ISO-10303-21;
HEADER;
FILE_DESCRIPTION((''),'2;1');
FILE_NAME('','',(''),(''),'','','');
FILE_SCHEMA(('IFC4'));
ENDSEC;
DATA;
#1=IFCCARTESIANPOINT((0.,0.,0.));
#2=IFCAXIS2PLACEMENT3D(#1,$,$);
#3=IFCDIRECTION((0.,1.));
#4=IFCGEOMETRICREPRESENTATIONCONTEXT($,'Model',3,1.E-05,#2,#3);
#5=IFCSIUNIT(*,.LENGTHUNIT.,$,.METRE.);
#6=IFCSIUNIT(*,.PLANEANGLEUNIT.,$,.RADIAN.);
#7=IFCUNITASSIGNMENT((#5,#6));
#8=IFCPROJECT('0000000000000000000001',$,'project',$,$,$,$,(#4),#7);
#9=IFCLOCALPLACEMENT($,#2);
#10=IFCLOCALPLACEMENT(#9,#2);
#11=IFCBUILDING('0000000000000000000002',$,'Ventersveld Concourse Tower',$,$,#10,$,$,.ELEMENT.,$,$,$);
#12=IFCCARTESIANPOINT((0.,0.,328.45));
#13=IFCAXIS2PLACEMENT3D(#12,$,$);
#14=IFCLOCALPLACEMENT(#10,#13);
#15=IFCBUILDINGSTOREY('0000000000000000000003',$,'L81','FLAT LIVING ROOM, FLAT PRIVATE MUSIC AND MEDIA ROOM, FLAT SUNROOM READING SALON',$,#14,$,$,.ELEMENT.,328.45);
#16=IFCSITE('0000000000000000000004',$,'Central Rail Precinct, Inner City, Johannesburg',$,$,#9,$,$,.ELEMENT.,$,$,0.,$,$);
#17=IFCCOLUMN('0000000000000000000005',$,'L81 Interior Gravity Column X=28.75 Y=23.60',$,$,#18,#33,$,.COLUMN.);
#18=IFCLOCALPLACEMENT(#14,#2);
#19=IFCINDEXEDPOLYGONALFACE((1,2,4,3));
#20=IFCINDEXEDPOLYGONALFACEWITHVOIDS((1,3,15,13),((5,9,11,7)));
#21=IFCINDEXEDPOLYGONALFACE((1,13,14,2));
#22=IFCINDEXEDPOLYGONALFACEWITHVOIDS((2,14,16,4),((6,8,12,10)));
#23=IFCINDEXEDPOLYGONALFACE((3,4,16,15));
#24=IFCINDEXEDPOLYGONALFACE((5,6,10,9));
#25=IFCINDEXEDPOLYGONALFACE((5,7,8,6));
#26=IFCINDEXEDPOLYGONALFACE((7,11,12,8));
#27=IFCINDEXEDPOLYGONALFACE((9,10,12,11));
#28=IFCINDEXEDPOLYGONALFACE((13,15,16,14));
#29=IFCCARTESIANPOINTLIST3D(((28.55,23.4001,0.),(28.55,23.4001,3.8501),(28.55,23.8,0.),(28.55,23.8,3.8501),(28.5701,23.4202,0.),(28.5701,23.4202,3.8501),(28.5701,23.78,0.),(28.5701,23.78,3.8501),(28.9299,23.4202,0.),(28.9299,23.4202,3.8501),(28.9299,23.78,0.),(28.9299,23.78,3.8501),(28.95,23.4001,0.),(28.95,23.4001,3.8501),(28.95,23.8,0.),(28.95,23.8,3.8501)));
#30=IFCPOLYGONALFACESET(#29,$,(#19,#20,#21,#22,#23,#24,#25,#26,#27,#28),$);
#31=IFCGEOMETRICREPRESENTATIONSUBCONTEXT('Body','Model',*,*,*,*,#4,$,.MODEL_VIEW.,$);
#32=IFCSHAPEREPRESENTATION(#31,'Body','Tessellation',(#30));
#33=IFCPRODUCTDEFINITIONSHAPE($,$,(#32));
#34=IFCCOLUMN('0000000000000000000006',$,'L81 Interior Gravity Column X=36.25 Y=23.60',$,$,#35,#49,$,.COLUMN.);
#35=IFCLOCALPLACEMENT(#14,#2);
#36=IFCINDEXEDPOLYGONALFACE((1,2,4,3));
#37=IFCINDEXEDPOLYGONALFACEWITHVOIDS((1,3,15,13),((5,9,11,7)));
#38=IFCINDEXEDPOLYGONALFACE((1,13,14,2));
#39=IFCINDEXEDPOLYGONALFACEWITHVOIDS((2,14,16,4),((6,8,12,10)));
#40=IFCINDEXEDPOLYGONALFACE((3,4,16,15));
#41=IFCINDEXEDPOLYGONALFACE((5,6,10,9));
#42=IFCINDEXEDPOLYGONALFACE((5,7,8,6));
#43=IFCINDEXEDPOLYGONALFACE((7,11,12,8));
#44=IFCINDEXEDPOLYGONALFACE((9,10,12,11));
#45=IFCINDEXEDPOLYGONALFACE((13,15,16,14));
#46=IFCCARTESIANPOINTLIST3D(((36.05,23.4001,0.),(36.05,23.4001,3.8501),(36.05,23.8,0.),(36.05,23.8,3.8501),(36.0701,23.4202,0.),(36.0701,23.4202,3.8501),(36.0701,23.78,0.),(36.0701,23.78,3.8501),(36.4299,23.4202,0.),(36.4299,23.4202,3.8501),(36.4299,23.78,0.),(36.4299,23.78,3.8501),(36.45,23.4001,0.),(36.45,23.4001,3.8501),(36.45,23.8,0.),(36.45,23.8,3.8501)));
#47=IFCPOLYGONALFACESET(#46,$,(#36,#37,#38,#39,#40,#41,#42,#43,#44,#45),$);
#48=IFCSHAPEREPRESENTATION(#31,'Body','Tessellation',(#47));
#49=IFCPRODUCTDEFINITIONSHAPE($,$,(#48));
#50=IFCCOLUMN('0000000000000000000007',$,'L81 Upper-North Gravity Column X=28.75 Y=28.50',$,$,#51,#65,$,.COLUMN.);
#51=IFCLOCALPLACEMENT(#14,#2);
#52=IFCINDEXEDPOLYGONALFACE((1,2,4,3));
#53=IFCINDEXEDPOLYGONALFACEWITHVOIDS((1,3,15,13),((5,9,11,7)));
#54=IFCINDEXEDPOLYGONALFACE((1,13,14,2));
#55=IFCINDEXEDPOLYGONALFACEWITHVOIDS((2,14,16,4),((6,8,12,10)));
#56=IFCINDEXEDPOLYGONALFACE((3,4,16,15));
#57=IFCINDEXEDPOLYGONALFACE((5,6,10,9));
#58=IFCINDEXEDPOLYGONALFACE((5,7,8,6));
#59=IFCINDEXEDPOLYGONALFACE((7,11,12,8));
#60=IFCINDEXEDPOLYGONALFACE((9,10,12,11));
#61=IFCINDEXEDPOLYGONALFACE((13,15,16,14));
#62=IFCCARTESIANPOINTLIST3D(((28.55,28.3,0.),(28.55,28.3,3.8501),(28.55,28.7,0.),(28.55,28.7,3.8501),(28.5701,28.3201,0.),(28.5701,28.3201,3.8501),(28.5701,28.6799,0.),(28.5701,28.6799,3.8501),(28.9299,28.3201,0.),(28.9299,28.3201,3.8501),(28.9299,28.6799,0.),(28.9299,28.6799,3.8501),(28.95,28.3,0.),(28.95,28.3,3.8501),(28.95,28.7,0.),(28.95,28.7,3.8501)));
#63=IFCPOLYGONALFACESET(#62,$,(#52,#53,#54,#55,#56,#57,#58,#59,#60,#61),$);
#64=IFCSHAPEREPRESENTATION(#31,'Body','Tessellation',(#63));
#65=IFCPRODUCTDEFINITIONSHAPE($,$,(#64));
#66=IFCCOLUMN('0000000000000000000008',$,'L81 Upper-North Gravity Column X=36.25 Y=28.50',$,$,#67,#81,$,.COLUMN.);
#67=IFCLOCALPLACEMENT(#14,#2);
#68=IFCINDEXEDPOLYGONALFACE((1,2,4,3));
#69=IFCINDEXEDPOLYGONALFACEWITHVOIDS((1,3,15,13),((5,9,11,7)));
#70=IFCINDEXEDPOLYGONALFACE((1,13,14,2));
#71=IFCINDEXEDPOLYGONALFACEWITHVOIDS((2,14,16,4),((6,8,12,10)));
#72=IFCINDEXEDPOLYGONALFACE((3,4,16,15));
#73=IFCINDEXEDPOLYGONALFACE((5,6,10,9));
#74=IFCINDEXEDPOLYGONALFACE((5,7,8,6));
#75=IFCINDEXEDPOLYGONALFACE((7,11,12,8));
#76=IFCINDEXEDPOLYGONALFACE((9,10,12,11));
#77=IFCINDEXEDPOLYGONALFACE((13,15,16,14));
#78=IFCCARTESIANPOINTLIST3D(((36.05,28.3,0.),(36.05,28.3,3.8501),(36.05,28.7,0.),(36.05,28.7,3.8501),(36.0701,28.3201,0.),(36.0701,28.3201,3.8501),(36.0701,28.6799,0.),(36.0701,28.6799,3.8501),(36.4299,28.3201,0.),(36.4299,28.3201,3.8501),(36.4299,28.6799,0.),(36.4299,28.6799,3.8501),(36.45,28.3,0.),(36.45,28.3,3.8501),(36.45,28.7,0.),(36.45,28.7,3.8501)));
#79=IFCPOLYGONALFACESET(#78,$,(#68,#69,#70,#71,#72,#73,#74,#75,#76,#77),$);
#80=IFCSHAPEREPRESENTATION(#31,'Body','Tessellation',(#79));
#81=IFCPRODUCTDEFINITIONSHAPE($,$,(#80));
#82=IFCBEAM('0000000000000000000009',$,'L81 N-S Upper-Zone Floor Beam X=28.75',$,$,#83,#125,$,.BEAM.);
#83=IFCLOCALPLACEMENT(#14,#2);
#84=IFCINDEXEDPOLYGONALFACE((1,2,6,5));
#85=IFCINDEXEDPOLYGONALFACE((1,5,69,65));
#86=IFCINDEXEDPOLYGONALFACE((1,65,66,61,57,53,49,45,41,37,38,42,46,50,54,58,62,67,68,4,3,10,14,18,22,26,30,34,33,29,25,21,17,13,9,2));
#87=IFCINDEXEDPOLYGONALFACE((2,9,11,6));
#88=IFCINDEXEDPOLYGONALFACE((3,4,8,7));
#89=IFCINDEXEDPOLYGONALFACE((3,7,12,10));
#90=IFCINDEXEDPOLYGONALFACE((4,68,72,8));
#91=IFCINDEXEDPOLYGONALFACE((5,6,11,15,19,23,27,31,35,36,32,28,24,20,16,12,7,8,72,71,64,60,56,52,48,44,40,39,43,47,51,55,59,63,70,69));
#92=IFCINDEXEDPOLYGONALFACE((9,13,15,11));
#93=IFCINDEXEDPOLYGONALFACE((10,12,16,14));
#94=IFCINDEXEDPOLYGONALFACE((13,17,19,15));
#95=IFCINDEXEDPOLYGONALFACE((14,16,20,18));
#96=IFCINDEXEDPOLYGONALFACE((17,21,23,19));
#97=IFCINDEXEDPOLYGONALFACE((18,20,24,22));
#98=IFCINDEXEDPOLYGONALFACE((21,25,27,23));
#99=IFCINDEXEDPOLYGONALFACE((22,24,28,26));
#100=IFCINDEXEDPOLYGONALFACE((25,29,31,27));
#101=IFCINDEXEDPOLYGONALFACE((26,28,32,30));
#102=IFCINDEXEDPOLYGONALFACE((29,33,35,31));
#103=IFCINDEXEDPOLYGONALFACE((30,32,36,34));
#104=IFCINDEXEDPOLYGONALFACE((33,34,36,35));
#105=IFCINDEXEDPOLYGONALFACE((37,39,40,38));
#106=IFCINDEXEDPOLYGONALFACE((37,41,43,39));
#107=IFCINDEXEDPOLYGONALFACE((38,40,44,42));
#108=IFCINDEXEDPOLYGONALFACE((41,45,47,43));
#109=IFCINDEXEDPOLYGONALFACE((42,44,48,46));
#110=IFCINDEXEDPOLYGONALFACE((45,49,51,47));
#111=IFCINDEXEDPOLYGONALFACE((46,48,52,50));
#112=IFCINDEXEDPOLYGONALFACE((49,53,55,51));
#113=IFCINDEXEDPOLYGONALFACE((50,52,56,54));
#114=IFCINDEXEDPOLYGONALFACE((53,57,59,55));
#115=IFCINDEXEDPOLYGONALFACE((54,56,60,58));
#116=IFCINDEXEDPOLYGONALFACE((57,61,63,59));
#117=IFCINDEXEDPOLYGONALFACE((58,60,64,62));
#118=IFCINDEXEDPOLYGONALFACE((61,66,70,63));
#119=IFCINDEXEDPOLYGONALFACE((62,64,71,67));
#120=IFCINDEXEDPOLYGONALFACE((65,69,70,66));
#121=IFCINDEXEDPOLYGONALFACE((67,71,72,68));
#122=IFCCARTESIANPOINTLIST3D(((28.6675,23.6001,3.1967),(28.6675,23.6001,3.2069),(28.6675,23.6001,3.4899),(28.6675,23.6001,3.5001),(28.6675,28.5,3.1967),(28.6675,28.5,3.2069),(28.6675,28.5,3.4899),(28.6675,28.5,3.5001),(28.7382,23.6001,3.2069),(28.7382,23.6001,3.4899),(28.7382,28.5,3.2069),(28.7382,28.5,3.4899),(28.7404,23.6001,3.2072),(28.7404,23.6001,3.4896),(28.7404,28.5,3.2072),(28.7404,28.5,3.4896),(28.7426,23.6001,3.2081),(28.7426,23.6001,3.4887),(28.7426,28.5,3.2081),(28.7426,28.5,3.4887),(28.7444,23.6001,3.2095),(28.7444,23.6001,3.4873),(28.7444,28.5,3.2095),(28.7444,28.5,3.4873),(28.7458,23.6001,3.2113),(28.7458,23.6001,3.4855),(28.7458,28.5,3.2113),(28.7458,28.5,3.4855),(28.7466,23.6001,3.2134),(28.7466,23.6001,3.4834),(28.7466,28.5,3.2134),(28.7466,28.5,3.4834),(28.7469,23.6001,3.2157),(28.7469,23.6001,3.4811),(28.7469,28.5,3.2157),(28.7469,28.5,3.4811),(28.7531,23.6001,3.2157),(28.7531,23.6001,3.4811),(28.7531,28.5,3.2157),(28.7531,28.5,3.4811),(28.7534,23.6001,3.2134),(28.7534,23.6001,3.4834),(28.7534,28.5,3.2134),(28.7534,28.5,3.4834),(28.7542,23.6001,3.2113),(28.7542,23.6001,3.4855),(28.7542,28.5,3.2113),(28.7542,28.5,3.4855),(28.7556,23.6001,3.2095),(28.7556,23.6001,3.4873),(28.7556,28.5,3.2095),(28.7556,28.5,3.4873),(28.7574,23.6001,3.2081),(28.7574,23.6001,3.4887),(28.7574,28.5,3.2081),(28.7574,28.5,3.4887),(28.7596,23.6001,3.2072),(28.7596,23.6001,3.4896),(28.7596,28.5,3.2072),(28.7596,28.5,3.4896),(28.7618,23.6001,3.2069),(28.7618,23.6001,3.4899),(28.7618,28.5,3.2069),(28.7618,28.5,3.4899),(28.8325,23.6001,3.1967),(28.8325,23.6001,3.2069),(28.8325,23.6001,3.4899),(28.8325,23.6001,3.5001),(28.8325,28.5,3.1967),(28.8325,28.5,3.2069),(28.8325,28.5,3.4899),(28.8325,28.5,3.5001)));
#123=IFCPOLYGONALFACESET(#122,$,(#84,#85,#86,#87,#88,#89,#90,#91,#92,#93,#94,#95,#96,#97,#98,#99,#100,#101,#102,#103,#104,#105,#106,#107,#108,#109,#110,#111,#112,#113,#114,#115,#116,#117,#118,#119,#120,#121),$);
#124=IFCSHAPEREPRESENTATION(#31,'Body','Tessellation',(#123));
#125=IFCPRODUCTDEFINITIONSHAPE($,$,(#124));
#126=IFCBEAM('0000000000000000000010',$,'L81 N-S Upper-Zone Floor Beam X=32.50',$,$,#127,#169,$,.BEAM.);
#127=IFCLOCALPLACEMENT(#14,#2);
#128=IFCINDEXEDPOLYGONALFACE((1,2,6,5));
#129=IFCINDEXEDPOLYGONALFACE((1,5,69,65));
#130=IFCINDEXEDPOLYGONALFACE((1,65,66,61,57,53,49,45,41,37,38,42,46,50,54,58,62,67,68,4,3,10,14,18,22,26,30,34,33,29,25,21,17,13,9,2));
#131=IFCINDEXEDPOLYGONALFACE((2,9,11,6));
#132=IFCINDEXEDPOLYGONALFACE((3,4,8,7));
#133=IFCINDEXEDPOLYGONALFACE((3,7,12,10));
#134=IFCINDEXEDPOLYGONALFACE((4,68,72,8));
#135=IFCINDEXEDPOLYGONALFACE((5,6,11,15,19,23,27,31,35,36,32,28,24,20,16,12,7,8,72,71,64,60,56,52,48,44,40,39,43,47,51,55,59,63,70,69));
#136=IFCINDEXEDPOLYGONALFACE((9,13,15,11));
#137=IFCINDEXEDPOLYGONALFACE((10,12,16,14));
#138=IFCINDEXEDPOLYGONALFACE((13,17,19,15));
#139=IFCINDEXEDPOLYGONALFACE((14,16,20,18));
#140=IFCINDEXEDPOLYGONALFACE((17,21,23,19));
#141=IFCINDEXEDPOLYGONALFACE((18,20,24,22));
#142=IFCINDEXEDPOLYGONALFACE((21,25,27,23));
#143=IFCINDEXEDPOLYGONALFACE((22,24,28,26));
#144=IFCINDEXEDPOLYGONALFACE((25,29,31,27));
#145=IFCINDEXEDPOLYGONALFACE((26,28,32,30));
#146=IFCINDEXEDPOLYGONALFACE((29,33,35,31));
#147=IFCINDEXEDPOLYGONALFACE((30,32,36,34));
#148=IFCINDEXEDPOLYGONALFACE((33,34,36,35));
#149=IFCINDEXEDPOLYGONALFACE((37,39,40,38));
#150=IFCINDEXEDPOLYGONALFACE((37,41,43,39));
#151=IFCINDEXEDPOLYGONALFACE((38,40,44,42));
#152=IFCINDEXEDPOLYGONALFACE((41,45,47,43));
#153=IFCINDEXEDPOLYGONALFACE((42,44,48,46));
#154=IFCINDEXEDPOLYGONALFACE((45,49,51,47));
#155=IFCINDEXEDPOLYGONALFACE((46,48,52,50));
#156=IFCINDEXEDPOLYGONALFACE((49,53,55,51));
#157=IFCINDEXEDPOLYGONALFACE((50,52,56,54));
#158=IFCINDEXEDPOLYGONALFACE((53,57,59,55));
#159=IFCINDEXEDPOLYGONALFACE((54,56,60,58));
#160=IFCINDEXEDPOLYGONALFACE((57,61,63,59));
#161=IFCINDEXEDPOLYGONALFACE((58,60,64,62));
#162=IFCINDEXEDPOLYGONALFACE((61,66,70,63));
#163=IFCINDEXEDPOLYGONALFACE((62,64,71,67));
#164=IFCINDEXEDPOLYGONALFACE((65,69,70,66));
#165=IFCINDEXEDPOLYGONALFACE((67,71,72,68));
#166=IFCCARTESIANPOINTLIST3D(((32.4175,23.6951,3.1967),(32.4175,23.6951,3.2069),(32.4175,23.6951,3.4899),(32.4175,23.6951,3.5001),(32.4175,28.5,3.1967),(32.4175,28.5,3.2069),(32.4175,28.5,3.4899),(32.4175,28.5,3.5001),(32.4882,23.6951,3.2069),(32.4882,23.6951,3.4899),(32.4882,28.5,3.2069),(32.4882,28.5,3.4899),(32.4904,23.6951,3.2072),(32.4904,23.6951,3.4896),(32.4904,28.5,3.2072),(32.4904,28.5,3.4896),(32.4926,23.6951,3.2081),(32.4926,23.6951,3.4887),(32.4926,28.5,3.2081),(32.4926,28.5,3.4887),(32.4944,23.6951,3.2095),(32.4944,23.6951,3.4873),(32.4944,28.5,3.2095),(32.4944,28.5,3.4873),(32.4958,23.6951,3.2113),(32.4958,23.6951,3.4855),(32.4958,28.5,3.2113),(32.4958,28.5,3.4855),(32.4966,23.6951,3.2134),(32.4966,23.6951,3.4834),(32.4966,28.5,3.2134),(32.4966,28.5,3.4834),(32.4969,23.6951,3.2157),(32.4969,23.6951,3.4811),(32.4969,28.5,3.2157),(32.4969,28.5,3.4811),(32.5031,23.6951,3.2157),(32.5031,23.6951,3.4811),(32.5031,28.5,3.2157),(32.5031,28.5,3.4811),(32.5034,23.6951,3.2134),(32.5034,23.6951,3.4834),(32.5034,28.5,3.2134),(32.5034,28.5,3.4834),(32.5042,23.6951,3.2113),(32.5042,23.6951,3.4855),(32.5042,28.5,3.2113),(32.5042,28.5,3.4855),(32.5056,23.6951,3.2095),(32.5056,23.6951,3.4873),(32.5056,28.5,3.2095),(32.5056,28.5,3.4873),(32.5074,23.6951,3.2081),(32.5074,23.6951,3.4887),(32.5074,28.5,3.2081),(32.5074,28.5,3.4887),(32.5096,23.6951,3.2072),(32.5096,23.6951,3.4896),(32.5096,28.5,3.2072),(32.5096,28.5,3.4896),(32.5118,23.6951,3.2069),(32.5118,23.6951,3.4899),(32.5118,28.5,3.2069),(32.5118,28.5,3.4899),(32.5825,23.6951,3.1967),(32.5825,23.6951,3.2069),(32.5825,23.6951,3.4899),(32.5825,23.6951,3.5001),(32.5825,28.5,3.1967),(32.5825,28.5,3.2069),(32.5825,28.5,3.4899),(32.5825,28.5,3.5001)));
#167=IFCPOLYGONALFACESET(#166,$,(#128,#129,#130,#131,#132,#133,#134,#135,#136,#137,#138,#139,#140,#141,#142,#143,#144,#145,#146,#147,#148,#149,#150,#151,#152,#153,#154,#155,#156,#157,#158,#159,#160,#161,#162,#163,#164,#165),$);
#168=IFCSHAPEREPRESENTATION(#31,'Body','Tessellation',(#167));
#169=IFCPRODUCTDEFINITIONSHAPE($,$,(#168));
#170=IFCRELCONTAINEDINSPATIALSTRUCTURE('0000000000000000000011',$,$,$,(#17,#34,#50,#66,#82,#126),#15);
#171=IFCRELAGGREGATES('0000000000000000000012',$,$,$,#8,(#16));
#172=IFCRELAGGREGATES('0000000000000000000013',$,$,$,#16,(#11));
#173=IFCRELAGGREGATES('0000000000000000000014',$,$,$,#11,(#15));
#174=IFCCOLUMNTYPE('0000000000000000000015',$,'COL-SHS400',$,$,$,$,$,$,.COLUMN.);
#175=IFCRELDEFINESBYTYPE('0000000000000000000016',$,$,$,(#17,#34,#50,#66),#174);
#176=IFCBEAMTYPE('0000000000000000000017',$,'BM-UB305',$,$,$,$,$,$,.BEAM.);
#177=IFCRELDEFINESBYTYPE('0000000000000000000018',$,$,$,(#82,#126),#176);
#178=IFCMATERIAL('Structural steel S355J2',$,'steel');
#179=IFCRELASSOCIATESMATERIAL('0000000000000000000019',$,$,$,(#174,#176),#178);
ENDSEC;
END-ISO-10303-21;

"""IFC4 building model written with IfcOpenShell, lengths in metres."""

from ifc_helpers import new_model, si_unit, direction, frame, origin, origin_2d, place, context, subcontext, project, spatial, hollow_rectangle, i_section, extrude, material, material_profile, profile_set, type_object, element, save


model = new_model("IFC4")

# Units and contexts
model_context = context("Model", 3, precision=1e-05, world=origin(), true_north=direction((0.0, 1.0)))
body_context = subcontext(model_context, "Body", "Model", "MODEL_VIEW")
ifc_project = project(units=[si_unit("LENGTHUNIT", "METRE"), si_unit("PLANEANGLEUNIT", "RADIAN")], contexts=[model_context])

# Site, building, storey
site_placement = place(None, origin())
site = spatial("IfcSite", under=ifc_project, at=site_placement, Name="Central Rail Precinct, Inner City, Johannesburg", CompositionType="ELEMENT", RefElevation=0.0)
building_placement = place(site_placement, origin())
building = spatial("IfcBuilding", under=site, at=building_placement, Name="Ventersveld Concourse Tower", CompositionType="ELEMENT")
storey_placement = place(building_placement, frame((0.0, 0.0, 328.45)))
storey = spatial("IfcBuildingStorey", under=building, at=storey_placement, Name="L81", Description="FLAT LIVING ROOM, FLAT PRIVATE MUSIC AND MEDIA ROOM, FLAT SUNROOM READING SALON", CompositionType="ELEMENT", Elevation=328.45)

# Columns
ifc_material_1 = material(Name="Structural steel S355J2", Category="steel")
ifc_material_profile_1 = material_profile(ifc_material_1, hollow_rectangle(XDim=0.3999, YDim=0.3999, WallThickness=0.02, at=origin_2d()), Name="SHS 400x400x20")
ifc_profile_set_1 = profile_set([ifc_material_profile_1], Name="Structural steel S355J2")
column_type = type_object("IfcColumnType", Name="COL-SHS400", PredefinedType="COLUMN", material=ifc_profile_set_1)
for number, where, z_axis, x_axis, name in (
    (1, (28.75, 23.6001, 0.0), (0.0, 0.0, 1.0), (1.0, 0.0, 0.0), "L81 Interior Gravity Column X=28.75 Y=23.60"),
    (2, (36.25, 23.6001, 0.0), (0.0, 0.0, 1.0), (1.0, 0.0, 0.0), "L81 Interior Gravity Column X=36.25 Y=23.60"),
    (3, (28.75, 28.5, 0.0), (0.0, 0.0, 1.0), (1.0, 0.0, 0.0), "L81 Upper-North Gravity Column X=28.75 Y=28.50"),
    (4, (36.25, 28.5, 0.0), (0.0, 0.0, 1.0), (1.0, 0.0, 0.0), "L81 Upper-North Gravity Column X=36.25 Y=28.50"),
):
    element("IfcColumn", number, at=place(storey_placement, frame(where, z_axis=z_axis, x_axis=x_axis)), inside=storey, type_object=column_type, Name=name, PredefinedType="COLUMN", context=body_context, shape_type="SweptSolid", body=[
        extrude(hollow_rectangle(XDim=0.3999, YDim=0.3999, WallThickness=0.02, at=origin_2d()), origin(), (0.0, 0.0, 1.0), 3.8501),
    ])

# Beams
ifc_material_profile_2 = material_profile(ifc_material_1, i_section(OverallWidth=0.165, OverallDepth=0.3035, WebThickness=0.0061, FlangeThickness=0.0103, FilletRadius=0.0088, at=origin_2d()), Name="UB 305x165x40")
ifc_profile_set_2 = profile_set([ifc_material_profile_2], Name="Structural steel S355J2")
beam_type_1 = type_object("IfcBeamType", Name="BM-UB305", PredefinedType="BEAM", material=ifc_profile_set_2)
beam_1_placement = place(storey_placement, frame((28.75, 23.6001, 3.3484), z_axis=(0.0, 1.0, 0.0), x_axis=(-1.0, 0.0, 0.0)))
element("IfcBeam", 5, at=beam_1_placement, inside=storey, type_object=beam_type_1, Name="L81 N-S Upper-Zone Floor Beam X=28.75", PredefinedType="BEAM", context=body_context, shape_type="SweptSolid", body=[
    extrude(i_section(OverallWidth=0.165, OverallDepth=0.3035, WebThickness=0.0061, FlangeThickness=0.0103, FilletRadius=0.0088, at=origin_2d()), origin(), (0.0, 0.0, 1.0), 4.8999),
])
beam_2_placement = place(storey_placement, frame((32.5, 23.6951, 3.3484), z_axis=(0.0, 1.0, 0.0), x_axis=(-1.0, 0.0, 0.0)))
element("IfcBeam", 6, at=beam_2_placement, inside=storey, type_object=beam_type_1, Name="L81 N-S Upper-Zone Floor Beam X=32.50", PredefinedType="BEAM", context=body_context, shape_type="SweptSolid", body=[
    extrude(i_section(OverallWidth=0.165, OverallDepth=0.3035, WebThickness=0.0061, FlangeThickness=0.0103, FilletRadius=0.0088, at=origin_2d()), origin(), (0.0, 0.0, 1.0), 4.8049),
])

save(model, "model.ifc")
